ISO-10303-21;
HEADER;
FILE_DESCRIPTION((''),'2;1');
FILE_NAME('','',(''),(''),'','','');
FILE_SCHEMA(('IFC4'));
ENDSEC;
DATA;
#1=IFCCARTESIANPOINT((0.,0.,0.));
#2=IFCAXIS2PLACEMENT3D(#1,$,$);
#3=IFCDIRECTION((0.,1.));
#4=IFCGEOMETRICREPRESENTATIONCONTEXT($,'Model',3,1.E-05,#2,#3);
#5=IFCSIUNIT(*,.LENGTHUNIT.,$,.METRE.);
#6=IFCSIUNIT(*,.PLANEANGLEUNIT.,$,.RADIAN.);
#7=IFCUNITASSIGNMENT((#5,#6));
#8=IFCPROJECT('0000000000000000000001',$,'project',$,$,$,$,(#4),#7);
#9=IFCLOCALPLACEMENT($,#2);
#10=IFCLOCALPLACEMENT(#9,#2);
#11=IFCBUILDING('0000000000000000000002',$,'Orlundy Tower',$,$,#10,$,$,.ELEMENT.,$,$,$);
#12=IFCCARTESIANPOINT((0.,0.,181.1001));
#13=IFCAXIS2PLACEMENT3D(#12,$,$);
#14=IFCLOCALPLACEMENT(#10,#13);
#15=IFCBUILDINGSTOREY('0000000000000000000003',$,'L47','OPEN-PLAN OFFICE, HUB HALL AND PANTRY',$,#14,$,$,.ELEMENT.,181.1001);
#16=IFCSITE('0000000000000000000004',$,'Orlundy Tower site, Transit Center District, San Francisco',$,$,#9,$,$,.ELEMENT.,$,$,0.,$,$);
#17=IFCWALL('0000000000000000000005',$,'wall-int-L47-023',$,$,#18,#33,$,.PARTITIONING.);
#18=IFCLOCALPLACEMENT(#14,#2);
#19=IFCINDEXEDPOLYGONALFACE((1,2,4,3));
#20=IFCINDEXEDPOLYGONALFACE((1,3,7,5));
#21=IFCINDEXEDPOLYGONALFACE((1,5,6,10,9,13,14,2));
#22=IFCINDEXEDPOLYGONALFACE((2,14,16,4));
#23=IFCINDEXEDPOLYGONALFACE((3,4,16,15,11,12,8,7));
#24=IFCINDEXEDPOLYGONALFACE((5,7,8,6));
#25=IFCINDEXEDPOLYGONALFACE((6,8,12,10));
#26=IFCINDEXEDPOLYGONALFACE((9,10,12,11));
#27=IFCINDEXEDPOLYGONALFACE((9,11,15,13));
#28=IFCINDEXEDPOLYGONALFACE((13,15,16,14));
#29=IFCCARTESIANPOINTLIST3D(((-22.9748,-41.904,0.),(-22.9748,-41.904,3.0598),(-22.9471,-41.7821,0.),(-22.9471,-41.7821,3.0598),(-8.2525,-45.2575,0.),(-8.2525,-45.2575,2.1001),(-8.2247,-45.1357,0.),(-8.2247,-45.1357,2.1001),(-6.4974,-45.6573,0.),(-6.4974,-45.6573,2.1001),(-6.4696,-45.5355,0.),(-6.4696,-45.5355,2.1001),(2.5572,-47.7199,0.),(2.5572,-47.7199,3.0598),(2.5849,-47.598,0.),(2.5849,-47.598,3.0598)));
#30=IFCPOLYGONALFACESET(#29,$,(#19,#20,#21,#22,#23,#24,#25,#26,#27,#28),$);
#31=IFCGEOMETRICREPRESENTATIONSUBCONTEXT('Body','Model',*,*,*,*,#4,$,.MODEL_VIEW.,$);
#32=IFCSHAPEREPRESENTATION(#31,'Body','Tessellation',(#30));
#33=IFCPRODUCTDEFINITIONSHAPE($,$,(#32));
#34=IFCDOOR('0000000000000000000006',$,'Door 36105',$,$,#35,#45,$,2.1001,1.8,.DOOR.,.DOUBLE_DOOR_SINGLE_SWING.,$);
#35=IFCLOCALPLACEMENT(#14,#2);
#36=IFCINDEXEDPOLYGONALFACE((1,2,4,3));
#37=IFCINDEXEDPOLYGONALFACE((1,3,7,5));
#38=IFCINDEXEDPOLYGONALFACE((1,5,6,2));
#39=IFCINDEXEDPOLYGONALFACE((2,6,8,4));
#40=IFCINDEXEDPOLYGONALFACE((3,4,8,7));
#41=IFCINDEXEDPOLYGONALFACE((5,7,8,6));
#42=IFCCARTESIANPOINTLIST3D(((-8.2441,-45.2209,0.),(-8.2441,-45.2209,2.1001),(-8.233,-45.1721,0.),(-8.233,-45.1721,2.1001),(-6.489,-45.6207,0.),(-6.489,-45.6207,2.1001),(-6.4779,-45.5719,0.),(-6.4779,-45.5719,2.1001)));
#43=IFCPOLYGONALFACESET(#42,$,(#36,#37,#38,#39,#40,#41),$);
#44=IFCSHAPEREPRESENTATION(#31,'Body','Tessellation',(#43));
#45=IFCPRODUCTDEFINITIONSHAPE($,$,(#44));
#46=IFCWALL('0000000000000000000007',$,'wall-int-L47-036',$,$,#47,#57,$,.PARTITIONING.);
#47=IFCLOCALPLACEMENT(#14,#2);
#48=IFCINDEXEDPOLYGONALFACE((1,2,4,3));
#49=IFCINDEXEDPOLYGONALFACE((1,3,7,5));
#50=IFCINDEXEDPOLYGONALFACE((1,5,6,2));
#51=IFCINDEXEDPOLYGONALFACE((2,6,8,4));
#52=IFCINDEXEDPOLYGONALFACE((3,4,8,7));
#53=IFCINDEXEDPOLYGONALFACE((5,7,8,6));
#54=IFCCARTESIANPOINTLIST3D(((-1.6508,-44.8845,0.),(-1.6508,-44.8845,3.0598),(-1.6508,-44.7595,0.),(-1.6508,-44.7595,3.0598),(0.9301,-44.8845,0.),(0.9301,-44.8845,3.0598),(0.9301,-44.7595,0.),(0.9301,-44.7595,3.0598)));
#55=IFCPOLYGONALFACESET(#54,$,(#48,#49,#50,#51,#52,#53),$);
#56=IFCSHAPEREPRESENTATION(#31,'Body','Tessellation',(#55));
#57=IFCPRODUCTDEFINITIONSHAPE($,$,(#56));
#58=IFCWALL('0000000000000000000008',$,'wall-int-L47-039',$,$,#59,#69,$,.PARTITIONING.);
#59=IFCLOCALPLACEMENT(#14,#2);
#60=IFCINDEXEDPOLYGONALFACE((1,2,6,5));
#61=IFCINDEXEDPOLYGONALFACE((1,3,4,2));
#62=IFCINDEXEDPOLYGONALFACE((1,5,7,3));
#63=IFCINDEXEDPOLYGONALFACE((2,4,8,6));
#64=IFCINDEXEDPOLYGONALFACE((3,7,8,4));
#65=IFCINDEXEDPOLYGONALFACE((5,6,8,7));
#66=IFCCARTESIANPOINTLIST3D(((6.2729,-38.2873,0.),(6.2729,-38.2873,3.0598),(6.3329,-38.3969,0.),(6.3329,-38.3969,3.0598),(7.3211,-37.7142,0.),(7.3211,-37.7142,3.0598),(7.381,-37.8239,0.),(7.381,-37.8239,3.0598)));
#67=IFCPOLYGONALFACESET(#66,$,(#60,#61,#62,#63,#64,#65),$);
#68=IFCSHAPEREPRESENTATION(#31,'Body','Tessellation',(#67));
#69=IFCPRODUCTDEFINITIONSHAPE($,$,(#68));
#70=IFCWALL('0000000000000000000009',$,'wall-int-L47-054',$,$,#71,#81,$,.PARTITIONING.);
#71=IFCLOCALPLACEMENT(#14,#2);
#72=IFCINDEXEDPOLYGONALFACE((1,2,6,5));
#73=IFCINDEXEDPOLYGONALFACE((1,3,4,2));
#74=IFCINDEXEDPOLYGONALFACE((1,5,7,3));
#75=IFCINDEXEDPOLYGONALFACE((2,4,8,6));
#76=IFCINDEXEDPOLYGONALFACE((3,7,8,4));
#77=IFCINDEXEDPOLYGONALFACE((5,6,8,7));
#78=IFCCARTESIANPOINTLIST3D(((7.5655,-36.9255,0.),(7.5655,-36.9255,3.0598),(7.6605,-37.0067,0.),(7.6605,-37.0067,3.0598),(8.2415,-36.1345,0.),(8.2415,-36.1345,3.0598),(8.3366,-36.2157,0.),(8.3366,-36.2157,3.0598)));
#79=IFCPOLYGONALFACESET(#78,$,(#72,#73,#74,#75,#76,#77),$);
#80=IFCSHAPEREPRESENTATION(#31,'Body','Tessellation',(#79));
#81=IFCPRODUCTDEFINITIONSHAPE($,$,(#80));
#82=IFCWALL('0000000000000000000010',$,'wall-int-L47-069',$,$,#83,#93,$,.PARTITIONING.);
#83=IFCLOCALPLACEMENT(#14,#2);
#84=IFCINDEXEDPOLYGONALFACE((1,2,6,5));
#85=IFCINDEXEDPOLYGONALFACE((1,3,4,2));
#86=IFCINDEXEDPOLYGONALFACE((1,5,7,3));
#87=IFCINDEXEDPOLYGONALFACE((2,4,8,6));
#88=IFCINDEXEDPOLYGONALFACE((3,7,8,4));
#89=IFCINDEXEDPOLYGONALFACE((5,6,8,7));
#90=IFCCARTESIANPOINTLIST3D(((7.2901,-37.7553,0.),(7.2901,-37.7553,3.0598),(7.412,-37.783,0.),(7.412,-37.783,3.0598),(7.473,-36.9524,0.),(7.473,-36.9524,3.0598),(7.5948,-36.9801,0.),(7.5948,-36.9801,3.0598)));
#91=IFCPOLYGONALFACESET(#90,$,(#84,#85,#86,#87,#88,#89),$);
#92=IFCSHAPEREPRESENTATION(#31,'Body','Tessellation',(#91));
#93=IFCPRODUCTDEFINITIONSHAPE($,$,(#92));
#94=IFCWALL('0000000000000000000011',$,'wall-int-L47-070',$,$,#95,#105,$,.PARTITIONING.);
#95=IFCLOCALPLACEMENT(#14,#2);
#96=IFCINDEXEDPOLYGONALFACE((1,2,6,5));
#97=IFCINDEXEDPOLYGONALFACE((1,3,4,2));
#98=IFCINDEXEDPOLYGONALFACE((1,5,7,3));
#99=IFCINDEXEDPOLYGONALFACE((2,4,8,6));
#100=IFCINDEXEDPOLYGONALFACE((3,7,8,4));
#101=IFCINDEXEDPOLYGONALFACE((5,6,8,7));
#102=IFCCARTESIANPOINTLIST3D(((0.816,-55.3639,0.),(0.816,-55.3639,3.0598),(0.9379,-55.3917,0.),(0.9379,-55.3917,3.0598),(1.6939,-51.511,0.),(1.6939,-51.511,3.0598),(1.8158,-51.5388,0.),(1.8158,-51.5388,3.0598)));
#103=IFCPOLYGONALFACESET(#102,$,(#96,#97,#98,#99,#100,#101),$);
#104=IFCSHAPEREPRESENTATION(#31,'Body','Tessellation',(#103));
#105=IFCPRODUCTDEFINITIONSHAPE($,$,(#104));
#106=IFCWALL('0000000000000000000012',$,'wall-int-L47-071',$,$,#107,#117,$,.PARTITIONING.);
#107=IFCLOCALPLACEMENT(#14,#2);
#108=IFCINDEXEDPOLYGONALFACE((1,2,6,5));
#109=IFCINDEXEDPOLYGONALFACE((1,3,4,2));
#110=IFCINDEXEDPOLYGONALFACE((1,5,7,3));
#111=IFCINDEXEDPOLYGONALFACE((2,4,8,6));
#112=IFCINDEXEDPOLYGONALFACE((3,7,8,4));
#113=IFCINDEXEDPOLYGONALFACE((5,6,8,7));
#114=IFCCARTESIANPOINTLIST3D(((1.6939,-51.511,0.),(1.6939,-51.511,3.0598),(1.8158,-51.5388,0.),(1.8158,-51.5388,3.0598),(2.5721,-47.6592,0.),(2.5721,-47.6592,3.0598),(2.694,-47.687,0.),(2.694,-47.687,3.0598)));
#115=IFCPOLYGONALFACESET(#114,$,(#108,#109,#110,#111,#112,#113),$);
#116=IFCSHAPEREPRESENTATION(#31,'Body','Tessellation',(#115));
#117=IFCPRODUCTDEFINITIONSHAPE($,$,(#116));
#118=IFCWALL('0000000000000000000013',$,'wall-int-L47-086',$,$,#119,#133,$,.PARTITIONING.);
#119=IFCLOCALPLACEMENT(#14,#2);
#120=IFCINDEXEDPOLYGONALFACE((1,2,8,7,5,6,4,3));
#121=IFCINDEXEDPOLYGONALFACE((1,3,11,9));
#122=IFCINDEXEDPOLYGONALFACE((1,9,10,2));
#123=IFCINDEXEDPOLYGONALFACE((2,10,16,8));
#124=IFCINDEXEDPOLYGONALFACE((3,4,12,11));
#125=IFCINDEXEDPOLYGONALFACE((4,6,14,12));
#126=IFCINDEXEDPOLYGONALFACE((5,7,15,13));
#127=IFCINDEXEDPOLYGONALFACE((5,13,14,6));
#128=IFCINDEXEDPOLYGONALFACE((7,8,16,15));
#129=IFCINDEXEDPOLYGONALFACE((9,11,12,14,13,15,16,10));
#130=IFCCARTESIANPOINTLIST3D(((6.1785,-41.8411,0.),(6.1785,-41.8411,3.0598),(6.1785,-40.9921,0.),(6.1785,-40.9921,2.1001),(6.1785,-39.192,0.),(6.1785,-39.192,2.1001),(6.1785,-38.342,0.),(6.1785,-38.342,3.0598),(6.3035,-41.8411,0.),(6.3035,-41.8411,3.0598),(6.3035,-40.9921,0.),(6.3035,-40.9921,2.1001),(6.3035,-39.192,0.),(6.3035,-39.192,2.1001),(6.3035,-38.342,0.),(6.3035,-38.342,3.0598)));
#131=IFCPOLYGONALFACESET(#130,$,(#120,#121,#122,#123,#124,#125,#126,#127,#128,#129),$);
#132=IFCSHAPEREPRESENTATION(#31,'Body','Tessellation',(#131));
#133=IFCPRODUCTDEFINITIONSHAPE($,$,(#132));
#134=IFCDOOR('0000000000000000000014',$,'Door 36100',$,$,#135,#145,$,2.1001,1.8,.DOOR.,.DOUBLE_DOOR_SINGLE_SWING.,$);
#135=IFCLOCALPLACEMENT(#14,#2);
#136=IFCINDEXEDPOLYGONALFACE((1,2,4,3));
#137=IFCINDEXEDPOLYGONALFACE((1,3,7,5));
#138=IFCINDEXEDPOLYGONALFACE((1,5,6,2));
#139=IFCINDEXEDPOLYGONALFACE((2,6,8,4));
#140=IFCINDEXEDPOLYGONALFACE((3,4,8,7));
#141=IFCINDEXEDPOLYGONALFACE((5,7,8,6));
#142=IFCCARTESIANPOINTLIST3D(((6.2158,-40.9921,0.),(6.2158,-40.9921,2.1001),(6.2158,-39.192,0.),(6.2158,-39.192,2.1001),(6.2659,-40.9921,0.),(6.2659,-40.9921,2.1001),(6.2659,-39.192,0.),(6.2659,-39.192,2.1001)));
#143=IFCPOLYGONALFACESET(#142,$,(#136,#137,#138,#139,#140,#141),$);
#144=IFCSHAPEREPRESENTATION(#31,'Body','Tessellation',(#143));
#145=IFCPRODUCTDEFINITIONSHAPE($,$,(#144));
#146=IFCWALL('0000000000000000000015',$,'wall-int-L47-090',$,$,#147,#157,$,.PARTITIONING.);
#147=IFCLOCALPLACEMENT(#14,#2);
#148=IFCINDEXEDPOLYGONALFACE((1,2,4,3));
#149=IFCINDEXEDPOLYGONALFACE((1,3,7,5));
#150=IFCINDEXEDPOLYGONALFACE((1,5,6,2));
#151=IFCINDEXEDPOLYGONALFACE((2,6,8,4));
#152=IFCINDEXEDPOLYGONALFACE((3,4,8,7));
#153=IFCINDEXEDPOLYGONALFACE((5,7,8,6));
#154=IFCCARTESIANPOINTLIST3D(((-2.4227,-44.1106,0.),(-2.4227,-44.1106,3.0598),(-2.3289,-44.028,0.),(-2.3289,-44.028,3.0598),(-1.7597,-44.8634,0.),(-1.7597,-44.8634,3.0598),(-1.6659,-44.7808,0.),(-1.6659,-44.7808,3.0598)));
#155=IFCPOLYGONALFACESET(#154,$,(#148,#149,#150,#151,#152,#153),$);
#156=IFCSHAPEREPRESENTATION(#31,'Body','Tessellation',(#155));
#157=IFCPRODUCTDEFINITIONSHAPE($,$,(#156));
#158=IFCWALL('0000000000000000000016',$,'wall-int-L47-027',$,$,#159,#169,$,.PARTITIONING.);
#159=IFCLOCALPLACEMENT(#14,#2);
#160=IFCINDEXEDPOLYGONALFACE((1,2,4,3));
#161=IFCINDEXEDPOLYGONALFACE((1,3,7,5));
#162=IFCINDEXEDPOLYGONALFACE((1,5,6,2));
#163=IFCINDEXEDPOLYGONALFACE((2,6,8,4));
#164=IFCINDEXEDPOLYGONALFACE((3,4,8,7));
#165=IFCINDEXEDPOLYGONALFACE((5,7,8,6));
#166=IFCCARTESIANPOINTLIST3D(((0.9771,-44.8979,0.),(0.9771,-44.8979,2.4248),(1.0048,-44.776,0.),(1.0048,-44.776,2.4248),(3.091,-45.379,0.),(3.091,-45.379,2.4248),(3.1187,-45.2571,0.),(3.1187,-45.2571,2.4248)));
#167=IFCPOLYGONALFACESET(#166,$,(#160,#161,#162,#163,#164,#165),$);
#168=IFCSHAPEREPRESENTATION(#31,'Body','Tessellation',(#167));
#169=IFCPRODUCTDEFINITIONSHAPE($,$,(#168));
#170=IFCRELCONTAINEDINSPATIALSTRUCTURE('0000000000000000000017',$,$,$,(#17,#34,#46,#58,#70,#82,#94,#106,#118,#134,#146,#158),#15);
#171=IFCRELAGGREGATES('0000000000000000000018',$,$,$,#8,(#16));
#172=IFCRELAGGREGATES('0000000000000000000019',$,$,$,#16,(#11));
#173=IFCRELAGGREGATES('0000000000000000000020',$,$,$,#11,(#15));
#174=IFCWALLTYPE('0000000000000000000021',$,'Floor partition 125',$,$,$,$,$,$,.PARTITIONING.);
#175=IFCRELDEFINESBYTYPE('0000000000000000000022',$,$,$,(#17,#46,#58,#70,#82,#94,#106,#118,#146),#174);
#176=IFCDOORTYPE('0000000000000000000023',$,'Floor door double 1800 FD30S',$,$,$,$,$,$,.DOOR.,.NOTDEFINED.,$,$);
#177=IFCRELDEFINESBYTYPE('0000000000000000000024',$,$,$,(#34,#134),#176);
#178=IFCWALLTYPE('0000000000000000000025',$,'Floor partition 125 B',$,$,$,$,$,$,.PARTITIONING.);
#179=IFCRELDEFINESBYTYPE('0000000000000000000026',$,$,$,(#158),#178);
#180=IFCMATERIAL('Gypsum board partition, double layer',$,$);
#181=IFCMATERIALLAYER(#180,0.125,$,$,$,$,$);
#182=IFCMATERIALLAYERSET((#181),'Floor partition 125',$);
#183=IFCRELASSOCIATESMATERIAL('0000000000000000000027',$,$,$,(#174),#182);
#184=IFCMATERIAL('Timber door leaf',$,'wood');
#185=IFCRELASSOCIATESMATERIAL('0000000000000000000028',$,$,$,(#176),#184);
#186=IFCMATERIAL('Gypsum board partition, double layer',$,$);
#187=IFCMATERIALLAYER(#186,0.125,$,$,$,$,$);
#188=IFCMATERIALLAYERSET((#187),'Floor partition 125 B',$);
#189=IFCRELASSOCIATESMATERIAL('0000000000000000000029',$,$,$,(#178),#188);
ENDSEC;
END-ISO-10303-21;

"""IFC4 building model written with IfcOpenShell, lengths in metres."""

from ifc_helpers import new_model, si_unit, direction, frame, frame_2d, origin, place, context, subcontext, project, spatial, rectangle, extrude, material, layer, layer_set, type_object, element, fill, save


model = new_model("IFC4")

# Units and contexts
model_context = context("Model", 3, precision=1e-05, world=origin(), true_north=direction((0.0, 1.0)))
body_context = subcontext(model_context, "Body", "Model", "MODEL_VIEW")
ifc_project = project(units=[si_unit("LENGTHUNIT", "METRE"), si_unit("PLANEANGLEUNIT", "RADIAN")], contexts=[model_context])

# Site, building, storey
site_placement = place(None, origin())
site = spatial("IfcSite", under=ifc_project, at=site_placement, Name="Orlundy Tower site, Transit Center District, San Francisco", CompositionType="ELEMENT", RefElevation=0.0)
building_placement = place(site_placement, origin())
building = spatial("IfcBuilding", under=site, at=building_placement, Name="Orlundy Tower", CompositionType="ELEMENT")
storey_placement = place(building_placement, frame((0.0, 0.0, 181.1001)))
storey = spatial("IfcBuildingStorey", under=building, at=storey_placement, Name="L47", Description="OPEN-PLAN OFFICE, HUB HALL AND PANTRY", CompositionType="ELEMENT", Elevation=181.1001)

# Wall, opening, door
ifc_material_1 = material(Name="Gypsum board partition, double layer")
ifc_layer_1 = layer(ifc_material_1, 0.125)
ifc_layer_set_1 = layer_set([ifc_layer_1], Name="Floor partition 125")
wall_type_1 = type_object("IfcWallType", Name="Floor partition 125", PredefinedType="PARTITIONING", material=ifc_layer_set_1)
wall_1_placement = place(storey_placement, frame((2.571, -47.6589, 0.0), z_axis=(0.0, 0.0, 1.0), x_axis=(-0.975024, 0.2221, 0.0)))
wall_1 = element("IfcWall", 1, at=wall_1_placement, inside=storey, type_object=wall_type_1, Name="wall-int-L47-023", PredefinedType="PARTITIONING", context=body_context, shape_type="SweptSolid", body=[
    extrude(rectangle(XDim=26.186, YDim=0.125, at=frame_2d((13.093, 0.0))), origin(), (0.0, 0.0, 1.0), 3.0598),
])
opening_1_placement = place(wall_1_placement, frame((9.2866, 0.0, 0.0)))
opening_1 = element("IfcOpeningElement", 2, at=opening_1_placement, cuts=wall_1, PredefinedType="OPENING", context=body_context, shape_type="SweptSolid", body=[
    extrude(rectangle(XDim=1.8, YDim=2.1001, at=frame_2d((0.8999, 1.05))), frame((0.0, 0.0725, 0.0), z_axis=(0.0, -1.0, 0.0), x_axis=(1.0, 0.0, 0.0)), (0.0, 0.0, 1.0), 0.145),
])
ifc_material_2 = material(Name="Timber door leaf", Category="wood")
door_type_1 = type_object("IfcDoorType", Name="Floor door double 1800 FD30S", OperationType="NOTDEFINED", PredefinedType="DOOR", material=ifc_material_2)
door_1_placement = place(opening_1_placement, origin())
door_1 = element("IfcDoor", 3, at=door_1_placement, inside=storey, type_object=door_type_1, Name="Door 36105", OperationType="DOUBLE_DOOR_SINGLE_SWING", OverallHeight=2.1001, OverallWidth=1.8, PredefinedType="DOOR", context=body_context, shape_type="SweptSolid", body=[
    extrude(rectangle(XDim=1.8, YDim=2.1001, at=frame_2d((0.8999, 1.05))), frame((0.0, 0.0249, 0.0), z_axis=(0.0, -1.0, 0.0), x_axis=(1.0, 0.0, 0.0)), (0.0, 0.0, 1.0), 0.05),
])
fill(opening_1, door_1)

# Walls
wall_2_placement = place(storey_placement, frame((-1.6509, -44.822, 0.0), z_axis=(0.0, 0.0, 1.0), x_axis=(1.0, 0.0, 0.0)))
element("IfcWall", 4, at=wall_2_placement, inside=storey, type_object=wall_type_1, Name="wall-int-L47-036", PredefinedType="PARTITIONING", context=body_context, shape_type="SweptSolid", body=[
    extrude(rectangle(XDim=2.5808, YDim=0.125, at=frame_2d((1.2905, 0.0))), origin(), (0.0, 0.0, 1.0), 3.0598),
])
wall_3_placement = place(storey_placement, frame((6.303, -38.342, 0.0), z_axis=(0.0, 0.0, 1.0), x_axis=(0.877434, 0.479697, 0.0)))
element("IfcWall", 5, at=wall_3_placement, inside=storey, type_object=wall_type_1, Name="wall-int-L47-039", PredefinedType="PARTITIONING", context=body_context, shape_type="SweptSolid", body=[
    extrude(rectangle(XDim=1.1946, YDim=0.125, at=frame_2d((0.5972, 0.0))), origin(), (0.0, 0.0, 1.0), 3.0598),
])
wall_4_placement = place(storey_placement, frame((7.613, -36.9661, 0.0), z_axis=(0.0, 0.0, 1.0), x_axis=(0.649689, 0.7602, 0.0)))
element("IfcWall", 6, at=wall_4_placement, inside=storey, type_object=wall_type_1, Name="wall-int-L47-054", PredefinedType="PARTITIONING", context=body_context, shape_type="SweptSolid", body=[
    extrude(rectangle(XDim=1.0405, YDim=0.125, at=frame_2d((0.5203, 0.0))), origin(), (0.0, 0.0, 1.0), 3.0598),
])
wall_5_placement = place(storey_placement, frame((7.3511, -37.769, 0.0), z_axis=(0.0, 0.0, 1.0), x_axis=(0.222044, 0.975037, 0.0)))
element("IfcWall", 7, at=wall_5_placement, inside=storey, type_object=wall_type_1, Name="wall-int-L47-069", PredefinedType="PARTITIONING", context=body_context, shape_type="SweptSolid", body=[
    extrude(rectangle(XDim=0.8235, YDim=0.125, at=frame_2d((0.4116, 0.0))), origin(), (0.0, 0.0, 1.0), 3.0598),
])
wall_6_placement = place(storey_placement, frame((1.7549, -51.5249, 0.0), z_axis=(0.0, 0.0, 1.0), x_axis=(-0.22216, -0.97501, 0.0)))
element("IfcWall", 8, at=wall_6_placement, inside=storey, type_object=wall_type_1, Name="wall-int-L47-070", PredefinedType="PARTITIONING", context=body_context, shape_type="SweptSolid", body=[
    extrude(rectangle(XDim=3.9517, YDim=0.125, at=frame_2d((1.9758, 0.0))), origin(), (0.0, 0.0, 1.0), 3.0598),
])
wall_7_placement = place(storey_placement, frame((1.7549, -51.5249, 0.0), z_axis=(0.0, 0.0, 1.0), x_axis=(0.222286, 0.974981, 0.0)))
element("IfcWall", 9, at=wall_7_placement, inside=storey, type_object=wall_type_1, Name="wall-int-L47-071", PredefinedType="PARTITIONING", context=body_context, shape_type="SweptSolid", body=[
    extrude(rectangle(XDim=3.9507, YDim=0.125, at=frame_2d((1.9753, 0.0))), origin(), (0.0, 0.0, 1.0), 3.0598),
])

# Wall, opening, door
wall_8_placement = place(storey_placement, frame((6.241, -38.342, 0.0), z_axis=(0.0, 0.0, 1.0), x_axis=(0.0, -1.0, 0.0)))
wall_8 = element("IfcWall", 10, at=wall_8_placement, inside=storey, type_object=wall_type_1, Name="wall-int-L47-086", PredefinedType="PARTITIONING", context=body_context, shape_type="SweptSolid", body=[
    extrude(rectangle(XDim=3.499, YDim=0.125, at=frame_2d((1.7495, 0.0))), origin(), (0.0, 0.0, 1.0), 3.0598),
])
opening_2_placement = place(wall_8_placement, frame((0.8501, 0.0, 0.0)))
opening_2 = element("IfcOpeningElement", 11, at=opening_2_placement, cuts=wall_8, PredefinedType="OPENING", context=body_context, shape_type="SweptSolid", body=[
    extrude(rectangle(XDim=1.8, YDim=2.1001, at=frame_2d((0.8999, 1.05))), frame((0.0, 0.0725, 0.0), z_axis=(0.0, -1.0, 0.0), x_axis=(1.0, 0.0, 0.0)), (0.0, 0.0, 1.0), 0.145),
])
door_2_placement = place(opening_2_placement, origin())
door_2 = element("IfcDoor", 12, at=door_2_placement, inside=storey, type_object=door_type_1, Name="Door 36100", OperationType="DOUBLE_DOOR_SINGLE_SWING", OverallHeight=2.1001, OverallWidth=1.8, PredefinedType="DOOR", context=body_context, shape_type="SweptSolid", body=[
    extrude(rectangle(XDim=1.8, YDim=2.1001, at=frame_2d((0.8999, 1.05))), frame((0.0, 0.0249, 0.0), z_axis=(0.0, -1.0, 0.0), x_axis=(1.0, 0.0, 0.0)), (0.0, 0.0, 1.0), 0.05),
])
fill(opening_2, door_2)

# Walls
wall_9_placement = place(storey_placement, frame((-1.7129, -44.822, 0.0), z_axis=(0.0, 0.0, 1.0), x_axis=(-0.660913, 0.750462, 0.0)))
element("IfcWall", 13, at=wall_9_placement, inside=storey, type_object=wall_type_1, Name="wall-int-L47-090", PredefinedType="PARTITIONING", context=body_context, shape_type="SweptSolid", body=[
    extrude(rectangle(XDim=1.0032, YDim=0.125, at=frame_2d((0.5015, 0.0))), origin(), (0.0, 0.0, 1.0), 3.0598),
])
ifc_material_3 = material(Name="Gypsum board partition, double layer")
ifc_layer_2 = layer(ifc_material_3, 0.125)
ifc_layer_set_2 = layer_set([ifc_layer_2], Name="Floor partition 125 B")
wall_type_2 = type_object("IfcWallType", Name="Floor partition 125 B", PredefinedType="PARTITIONING", material=ifc_layer_set_2)
wall_10_placement = place(storey_placement, frame((0.991, -44.8369, 0.0), z_axis=(0.0, 0.0, 1.0), x_axis=(0.975059, -0.221947, 0.0)))
element("IfcWall", 14, at=wall_10_placement, inside=storey, type_object=wall_type_2, Name="wall-int-L47-027", PredefinedType="PARTITIONING", context=body_context, shape_type="SweptSolid", body=[
    extrude(rectangle(XDim=2.168, YDim=0.125, at=frame_2d((1.084, 0.0))), origin(), (0.0, 0.0, 1.0), 2.4248),
])

save(model, "model.ifc")
